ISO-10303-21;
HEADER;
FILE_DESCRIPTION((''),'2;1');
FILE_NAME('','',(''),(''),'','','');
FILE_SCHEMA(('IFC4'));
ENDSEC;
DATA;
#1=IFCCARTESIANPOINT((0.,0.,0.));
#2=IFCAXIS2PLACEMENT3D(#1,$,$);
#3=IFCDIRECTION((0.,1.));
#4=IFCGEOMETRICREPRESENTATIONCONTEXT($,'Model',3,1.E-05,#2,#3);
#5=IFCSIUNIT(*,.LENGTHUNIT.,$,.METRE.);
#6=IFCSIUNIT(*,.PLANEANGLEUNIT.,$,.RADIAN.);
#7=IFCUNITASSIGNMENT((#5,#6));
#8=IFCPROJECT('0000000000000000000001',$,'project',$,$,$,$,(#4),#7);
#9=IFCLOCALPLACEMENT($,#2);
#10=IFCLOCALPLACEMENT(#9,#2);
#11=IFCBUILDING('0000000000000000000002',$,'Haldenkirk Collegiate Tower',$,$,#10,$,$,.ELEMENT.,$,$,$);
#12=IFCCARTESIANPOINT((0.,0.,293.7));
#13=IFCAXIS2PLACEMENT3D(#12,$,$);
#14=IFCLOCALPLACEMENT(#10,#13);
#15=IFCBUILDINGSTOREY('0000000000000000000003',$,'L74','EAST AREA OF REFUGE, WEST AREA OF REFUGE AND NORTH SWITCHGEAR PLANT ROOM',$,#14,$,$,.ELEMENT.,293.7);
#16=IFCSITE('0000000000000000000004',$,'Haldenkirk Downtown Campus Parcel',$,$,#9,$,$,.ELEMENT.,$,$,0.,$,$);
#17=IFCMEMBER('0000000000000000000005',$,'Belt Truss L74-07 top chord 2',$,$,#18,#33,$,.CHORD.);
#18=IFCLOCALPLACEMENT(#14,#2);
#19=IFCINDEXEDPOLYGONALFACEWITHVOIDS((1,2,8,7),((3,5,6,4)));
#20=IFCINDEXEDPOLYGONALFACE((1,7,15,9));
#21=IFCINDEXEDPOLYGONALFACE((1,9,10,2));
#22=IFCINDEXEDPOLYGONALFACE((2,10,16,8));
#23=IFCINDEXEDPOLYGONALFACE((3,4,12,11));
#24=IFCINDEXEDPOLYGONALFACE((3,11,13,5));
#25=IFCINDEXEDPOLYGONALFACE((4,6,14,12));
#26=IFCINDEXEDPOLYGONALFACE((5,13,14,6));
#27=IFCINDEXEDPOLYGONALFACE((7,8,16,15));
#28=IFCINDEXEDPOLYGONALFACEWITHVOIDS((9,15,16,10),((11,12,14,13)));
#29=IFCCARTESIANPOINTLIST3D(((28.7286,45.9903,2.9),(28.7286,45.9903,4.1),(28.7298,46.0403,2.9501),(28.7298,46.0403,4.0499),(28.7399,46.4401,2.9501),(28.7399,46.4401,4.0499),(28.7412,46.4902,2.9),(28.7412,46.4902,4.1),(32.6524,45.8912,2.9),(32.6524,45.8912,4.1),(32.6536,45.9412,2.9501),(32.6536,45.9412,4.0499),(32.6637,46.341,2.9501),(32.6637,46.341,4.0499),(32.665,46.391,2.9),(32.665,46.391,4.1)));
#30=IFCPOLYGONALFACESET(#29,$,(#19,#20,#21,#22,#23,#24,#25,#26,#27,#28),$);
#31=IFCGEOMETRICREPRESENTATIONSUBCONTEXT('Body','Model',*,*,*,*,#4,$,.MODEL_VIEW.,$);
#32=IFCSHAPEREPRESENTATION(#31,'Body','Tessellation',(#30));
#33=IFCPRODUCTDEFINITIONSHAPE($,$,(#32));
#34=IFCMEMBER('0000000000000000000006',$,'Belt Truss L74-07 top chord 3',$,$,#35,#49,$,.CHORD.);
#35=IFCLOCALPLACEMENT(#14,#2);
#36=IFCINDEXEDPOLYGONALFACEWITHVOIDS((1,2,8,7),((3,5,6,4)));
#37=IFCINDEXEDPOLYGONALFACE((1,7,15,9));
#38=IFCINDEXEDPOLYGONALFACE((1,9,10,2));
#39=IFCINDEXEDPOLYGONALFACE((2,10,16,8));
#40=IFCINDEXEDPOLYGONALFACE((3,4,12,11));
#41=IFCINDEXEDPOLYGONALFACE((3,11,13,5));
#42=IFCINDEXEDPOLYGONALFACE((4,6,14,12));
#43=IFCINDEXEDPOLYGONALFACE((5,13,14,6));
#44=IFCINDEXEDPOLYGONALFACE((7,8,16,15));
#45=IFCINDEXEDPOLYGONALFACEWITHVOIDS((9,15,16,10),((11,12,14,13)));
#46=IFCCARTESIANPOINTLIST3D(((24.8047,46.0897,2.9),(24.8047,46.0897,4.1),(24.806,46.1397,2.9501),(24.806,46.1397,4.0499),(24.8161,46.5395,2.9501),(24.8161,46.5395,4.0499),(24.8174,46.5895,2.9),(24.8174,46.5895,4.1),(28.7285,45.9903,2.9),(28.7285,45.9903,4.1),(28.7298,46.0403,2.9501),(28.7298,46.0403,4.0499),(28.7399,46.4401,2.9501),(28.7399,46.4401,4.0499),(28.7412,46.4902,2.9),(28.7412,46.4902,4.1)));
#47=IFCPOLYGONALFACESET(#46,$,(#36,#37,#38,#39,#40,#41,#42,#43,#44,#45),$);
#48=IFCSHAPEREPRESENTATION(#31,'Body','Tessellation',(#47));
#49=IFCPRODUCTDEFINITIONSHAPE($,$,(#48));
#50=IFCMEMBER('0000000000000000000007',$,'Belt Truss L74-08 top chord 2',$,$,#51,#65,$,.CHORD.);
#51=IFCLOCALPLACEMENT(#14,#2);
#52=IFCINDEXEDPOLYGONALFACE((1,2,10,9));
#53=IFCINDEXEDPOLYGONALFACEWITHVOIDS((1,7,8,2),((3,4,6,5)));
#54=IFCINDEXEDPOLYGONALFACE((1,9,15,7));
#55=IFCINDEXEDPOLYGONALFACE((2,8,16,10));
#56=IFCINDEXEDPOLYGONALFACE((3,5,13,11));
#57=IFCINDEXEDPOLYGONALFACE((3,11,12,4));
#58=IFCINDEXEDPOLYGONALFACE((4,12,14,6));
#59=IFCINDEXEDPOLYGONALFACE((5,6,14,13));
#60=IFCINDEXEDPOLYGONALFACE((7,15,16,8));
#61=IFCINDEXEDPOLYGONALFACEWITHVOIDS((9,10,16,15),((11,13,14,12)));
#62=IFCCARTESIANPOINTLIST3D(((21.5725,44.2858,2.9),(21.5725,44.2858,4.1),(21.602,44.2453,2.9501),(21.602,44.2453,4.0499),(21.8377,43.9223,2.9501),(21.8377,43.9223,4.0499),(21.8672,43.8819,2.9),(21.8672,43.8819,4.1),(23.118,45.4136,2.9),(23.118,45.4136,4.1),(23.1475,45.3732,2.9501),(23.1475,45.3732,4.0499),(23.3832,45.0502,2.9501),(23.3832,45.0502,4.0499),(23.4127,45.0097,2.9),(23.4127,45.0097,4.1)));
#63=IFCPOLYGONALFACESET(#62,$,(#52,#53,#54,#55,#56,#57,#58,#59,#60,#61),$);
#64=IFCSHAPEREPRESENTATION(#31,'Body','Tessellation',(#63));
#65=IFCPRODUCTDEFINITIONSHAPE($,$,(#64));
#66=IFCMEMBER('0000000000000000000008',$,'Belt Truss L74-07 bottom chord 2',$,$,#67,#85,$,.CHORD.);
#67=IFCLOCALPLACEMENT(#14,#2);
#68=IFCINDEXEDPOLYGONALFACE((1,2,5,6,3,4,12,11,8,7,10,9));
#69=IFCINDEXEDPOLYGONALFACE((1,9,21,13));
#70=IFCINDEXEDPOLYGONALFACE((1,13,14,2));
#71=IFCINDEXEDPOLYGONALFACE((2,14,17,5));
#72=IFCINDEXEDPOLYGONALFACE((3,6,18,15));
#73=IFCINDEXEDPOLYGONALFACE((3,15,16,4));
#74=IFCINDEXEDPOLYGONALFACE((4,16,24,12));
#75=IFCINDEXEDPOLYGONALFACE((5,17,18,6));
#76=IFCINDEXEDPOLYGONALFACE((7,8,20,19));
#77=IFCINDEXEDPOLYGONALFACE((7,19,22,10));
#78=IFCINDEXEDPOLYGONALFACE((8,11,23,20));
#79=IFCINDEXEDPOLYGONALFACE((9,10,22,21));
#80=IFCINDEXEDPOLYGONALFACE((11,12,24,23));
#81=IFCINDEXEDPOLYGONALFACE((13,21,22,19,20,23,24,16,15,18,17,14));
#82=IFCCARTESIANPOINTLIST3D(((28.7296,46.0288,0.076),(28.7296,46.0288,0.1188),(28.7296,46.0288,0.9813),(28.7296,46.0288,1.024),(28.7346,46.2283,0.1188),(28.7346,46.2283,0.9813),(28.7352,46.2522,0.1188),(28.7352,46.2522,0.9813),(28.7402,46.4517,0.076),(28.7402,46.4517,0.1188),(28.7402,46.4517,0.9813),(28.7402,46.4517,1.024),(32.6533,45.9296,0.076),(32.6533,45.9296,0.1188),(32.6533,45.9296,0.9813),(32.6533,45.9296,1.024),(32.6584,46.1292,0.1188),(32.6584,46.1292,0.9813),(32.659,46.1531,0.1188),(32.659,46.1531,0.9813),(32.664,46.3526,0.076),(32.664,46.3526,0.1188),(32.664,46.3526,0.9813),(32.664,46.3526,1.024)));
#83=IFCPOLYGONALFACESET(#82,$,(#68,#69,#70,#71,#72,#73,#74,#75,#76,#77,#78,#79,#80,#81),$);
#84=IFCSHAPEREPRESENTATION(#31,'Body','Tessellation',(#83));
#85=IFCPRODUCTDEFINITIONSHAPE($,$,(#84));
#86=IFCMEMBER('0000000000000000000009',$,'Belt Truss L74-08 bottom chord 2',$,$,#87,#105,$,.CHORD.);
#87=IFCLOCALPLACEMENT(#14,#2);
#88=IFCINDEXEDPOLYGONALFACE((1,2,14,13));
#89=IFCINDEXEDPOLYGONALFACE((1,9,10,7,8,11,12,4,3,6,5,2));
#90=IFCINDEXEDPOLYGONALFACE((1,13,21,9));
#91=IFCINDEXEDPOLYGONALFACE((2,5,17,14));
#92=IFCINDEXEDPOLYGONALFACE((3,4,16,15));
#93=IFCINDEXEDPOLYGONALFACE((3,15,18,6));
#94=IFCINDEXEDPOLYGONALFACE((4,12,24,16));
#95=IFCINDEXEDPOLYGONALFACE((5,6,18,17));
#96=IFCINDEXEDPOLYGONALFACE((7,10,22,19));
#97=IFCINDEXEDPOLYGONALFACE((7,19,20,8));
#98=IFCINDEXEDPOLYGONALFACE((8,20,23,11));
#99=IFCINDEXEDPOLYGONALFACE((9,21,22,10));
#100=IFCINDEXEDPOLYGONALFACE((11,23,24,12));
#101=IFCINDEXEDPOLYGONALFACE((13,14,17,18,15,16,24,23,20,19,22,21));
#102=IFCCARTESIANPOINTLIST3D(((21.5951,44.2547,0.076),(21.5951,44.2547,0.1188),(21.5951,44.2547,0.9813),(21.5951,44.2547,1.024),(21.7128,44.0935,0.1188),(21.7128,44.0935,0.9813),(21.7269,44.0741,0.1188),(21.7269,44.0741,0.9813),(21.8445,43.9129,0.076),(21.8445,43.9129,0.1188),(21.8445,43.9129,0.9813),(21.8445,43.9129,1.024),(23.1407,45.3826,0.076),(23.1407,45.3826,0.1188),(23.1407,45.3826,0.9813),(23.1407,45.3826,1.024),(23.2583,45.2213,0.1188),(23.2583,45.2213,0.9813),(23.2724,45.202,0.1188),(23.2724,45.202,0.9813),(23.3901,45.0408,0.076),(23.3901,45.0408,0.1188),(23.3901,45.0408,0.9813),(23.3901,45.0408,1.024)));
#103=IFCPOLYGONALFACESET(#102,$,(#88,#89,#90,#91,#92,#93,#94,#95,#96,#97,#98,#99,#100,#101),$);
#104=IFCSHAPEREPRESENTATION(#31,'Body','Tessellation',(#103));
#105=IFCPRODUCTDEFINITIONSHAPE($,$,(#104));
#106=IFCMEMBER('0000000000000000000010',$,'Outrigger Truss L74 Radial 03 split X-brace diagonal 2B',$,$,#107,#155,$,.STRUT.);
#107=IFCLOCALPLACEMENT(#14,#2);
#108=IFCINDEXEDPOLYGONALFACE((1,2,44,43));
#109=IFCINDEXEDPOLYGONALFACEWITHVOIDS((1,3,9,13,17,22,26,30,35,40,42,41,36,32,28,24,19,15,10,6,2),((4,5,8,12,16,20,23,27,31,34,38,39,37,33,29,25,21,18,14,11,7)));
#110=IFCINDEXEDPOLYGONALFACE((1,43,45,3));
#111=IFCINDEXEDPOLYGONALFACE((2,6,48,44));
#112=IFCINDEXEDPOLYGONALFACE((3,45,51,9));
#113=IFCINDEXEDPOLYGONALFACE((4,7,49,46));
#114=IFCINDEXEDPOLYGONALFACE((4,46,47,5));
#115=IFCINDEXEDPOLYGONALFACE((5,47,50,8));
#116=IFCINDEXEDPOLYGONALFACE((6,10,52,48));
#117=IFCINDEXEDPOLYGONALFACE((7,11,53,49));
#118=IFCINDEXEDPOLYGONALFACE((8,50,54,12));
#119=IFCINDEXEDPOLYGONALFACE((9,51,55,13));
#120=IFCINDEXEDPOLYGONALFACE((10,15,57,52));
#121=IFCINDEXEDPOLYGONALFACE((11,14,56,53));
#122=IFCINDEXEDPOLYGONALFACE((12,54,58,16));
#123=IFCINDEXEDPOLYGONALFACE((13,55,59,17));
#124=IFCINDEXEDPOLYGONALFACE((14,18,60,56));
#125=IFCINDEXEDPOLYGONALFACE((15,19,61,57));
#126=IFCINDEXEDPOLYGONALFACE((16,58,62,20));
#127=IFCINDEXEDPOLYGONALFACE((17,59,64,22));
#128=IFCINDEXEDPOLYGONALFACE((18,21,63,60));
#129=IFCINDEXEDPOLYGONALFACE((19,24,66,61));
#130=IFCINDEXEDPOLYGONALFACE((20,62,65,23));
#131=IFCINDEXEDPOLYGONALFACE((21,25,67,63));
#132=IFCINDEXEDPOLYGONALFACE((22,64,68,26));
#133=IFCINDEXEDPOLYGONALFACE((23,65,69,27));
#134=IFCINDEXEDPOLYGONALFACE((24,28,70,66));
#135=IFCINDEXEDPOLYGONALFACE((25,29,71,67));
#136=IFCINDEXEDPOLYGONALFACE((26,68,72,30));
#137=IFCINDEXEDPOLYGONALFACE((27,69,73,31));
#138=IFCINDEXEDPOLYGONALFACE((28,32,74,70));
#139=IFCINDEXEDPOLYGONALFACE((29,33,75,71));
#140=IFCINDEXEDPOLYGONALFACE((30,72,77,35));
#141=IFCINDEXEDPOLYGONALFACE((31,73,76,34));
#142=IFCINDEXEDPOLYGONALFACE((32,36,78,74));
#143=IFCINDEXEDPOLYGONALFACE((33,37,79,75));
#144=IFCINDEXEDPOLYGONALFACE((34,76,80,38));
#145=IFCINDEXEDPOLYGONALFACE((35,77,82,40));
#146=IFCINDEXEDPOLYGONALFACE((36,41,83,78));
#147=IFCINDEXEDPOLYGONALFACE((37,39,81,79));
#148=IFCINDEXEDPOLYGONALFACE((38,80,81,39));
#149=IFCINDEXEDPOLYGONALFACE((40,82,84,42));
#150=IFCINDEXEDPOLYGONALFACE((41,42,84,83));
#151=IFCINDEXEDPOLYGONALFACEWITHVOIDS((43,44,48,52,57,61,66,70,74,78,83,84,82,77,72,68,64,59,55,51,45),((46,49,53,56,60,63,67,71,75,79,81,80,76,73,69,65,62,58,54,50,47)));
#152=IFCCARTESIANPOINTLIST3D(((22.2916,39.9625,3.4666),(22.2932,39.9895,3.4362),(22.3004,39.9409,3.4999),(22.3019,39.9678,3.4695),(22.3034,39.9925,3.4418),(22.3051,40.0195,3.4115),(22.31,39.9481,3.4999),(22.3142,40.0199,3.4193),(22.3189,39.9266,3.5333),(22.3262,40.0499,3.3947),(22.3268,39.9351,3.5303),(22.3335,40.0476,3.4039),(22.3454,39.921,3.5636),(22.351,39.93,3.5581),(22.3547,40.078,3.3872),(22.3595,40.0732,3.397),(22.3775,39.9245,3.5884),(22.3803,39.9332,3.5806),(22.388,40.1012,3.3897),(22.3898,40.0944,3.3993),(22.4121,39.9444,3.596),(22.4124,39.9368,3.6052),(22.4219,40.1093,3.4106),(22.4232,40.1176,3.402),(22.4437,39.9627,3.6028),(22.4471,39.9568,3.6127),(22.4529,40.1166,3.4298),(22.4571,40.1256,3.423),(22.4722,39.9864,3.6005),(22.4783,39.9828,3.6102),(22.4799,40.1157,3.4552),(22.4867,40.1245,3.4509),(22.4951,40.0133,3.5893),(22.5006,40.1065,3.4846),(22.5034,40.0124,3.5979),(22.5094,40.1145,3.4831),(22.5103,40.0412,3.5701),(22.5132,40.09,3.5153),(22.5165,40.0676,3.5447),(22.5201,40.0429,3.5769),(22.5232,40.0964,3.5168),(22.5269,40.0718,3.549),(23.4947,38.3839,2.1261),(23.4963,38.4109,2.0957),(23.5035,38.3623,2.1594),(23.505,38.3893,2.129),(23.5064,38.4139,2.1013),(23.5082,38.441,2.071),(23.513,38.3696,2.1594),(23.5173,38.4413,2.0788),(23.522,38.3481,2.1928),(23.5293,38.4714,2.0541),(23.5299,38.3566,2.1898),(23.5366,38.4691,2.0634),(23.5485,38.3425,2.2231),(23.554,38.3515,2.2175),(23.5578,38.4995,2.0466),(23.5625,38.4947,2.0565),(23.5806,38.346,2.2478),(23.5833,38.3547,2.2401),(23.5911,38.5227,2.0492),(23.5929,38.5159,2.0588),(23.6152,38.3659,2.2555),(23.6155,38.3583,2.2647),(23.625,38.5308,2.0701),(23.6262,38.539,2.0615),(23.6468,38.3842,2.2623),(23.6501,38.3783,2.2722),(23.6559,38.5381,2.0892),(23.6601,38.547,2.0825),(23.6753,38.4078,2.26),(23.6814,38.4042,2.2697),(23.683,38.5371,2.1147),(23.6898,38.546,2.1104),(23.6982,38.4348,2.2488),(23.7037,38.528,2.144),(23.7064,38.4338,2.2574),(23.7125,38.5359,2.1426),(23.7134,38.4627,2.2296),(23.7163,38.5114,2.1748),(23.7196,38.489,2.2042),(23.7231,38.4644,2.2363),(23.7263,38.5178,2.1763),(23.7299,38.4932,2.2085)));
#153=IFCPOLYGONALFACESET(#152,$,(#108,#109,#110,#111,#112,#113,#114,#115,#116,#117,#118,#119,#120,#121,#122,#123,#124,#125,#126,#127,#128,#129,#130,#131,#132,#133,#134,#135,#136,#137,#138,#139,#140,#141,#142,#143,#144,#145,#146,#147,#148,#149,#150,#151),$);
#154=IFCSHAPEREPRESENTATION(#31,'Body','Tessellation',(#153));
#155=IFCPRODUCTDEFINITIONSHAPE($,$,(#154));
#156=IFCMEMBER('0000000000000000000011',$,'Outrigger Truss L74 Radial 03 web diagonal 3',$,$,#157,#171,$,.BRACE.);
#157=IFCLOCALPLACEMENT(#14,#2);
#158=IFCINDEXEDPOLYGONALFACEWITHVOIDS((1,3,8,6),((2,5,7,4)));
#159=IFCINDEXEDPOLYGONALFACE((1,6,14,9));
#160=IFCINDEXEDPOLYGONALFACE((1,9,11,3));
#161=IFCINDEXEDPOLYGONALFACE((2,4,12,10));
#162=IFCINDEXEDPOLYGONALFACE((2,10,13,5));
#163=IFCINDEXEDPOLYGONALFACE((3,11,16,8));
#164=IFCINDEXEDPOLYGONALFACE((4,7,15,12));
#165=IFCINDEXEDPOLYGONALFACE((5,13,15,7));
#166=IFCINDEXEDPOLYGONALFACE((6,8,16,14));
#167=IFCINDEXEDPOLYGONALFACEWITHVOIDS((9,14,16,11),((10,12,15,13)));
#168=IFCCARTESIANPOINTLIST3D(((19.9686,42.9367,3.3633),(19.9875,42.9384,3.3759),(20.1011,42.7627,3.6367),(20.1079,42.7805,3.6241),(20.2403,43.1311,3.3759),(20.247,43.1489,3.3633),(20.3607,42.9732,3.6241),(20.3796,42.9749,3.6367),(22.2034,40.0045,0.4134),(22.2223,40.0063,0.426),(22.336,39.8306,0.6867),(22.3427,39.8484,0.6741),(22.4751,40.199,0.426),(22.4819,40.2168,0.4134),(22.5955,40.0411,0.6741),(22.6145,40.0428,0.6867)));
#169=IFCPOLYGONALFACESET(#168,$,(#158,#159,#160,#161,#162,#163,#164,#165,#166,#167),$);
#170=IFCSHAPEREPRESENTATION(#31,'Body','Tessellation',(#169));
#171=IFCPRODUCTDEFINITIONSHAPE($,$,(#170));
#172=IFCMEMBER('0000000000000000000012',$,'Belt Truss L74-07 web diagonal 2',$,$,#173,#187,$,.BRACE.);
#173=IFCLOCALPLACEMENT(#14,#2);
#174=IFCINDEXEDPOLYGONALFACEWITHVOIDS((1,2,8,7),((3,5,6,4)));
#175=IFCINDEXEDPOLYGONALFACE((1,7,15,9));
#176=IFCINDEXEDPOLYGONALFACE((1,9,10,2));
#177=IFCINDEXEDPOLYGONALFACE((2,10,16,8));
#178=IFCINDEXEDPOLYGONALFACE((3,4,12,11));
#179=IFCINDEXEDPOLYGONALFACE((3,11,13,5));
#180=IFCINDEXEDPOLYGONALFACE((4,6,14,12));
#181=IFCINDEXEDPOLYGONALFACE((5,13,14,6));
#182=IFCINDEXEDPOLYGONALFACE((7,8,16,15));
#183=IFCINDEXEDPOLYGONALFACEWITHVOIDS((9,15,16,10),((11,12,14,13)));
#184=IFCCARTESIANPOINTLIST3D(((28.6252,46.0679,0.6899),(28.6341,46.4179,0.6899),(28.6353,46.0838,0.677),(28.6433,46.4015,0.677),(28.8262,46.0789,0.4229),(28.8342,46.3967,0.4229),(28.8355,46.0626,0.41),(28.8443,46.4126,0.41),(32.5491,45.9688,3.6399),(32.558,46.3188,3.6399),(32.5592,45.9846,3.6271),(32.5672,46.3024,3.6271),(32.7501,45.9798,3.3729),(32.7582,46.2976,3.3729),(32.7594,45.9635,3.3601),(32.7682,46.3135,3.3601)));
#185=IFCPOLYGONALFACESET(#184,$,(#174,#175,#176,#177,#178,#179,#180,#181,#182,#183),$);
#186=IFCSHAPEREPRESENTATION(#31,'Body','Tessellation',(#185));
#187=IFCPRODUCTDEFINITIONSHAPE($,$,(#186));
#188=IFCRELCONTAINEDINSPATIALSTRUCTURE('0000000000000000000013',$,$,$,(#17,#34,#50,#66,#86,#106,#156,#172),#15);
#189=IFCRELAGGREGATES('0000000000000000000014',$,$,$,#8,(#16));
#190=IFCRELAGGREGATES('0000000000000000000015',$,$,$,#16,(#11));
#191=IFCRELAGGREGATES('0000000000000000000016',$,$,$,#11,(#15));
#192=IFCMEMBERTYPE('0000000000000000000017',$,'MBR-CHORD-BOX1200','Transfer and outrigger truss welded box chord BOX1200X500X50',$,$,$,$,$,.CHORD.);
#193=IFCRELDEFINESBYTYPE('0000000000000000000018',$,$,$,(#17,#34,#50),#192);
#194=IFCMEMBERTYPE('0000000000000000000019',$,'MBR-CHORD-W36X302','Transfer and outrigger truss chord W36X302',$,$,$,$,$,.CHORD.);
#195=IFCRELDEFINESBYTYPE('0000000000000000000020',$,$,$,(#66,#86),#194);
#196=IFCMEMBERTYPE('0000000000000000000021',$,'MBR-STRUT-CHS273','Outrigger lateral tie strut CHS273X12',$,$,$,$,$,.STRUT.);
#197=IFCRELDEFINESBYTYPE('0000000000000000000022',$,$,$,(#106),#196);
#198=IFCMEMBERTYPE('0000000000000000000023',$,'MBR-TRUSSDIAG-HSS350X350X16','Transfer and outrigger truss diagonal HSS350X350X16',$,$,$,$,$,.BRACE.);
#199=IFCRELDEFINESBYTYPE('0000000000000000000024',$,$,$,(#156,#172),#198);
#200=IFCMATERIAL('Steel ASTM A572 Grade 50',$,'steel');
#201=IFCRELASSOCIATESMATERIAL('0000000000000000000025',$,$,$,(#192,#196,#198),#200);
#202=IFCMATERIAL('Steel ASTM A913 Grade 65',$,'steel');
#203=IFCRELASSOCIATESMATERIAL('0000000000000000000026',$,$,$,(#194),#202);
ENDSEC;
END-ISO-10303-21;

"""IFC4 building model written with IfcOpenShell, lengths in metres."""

from ifc_helpers import new_model, si_unit, direction, frame, origin, origin_2d, place, context, subcontext, project, spatial, hollow_rectangle, hollow_circle, i_section, extrude, material, material_profile, profile_set, type_object, element, save


model = new_model("IFC4")

# Units and contexts
model_context = context("Model", 3, precision=1e-05, world=origin(), true_north=direction((0.0, 1.0)))
body_context = subcontext(model_context, "Body", "Model", "MODEL_VIEW")
ifc_project = project(units=[si_unit("LENGTHUNIT", "METRE"), si_unit("PLANEANGLEUNIT", "RADIAN")], contexts=[model_context])

# Site, building, storey
site_placement = place(None, origin())
site = spatial("IfcSite", under=ifc_project, at=site_placement, Name="Haldenkirk Downtown Campus Parcel", CompositionType="ELEMENT", RefElevation=0.0)
building_placement = place(site_placement, origin())
building = spatial("IfcBuilding", under=site, at=building_placement, Name="Haldenkirk Collegiate Tower", CompositionType="ELEMENT")
storey_placement = place(building_placement, frame((0.0, 0.0, 293.7)))
storey = spatial("IfcBuildingStorey", under=building, at=storey_placement, Name="L74", Description="EAST AREA OF REFUGE, WEST AREA OF REFUGE AND NORTH SWITCHGEAR PLANT ROOM", CompositionType="ELEMENT", Elevation=293.7)

# Members
ifc_material_1 = material(Name="Steel ASTM A572 Grade 50", Category="steel")
ifc_material_profile_1 = material_profile(ifc_material_1, hollow_rectangle(XDim=0.5, YDim=1.2, WallThickness=0.05, at=origin_2d()), Name="BOX1200X500X50")
ifc_profile_set_1 = profile_set([ifc_material_profile_1], Name="Steel ASTM A572 Grade 50")
member_type_1 = type_object("IfcMemberType", Name="MBR-CHORD-BOX1200", Description="Transfer and outrigger truss welded box chord BOX1200X500X50", PredefinedType="CHORD", material=ifc_profile_set_1)
for number, where, z_axis, x_axis, name in (
    (1, (32.6587, 46.1411, 3.5), (-0.999681, 0.025253, 0.0), (-0.025253, -0.999681, 0.0), "Belt Truss L74-07 top chord 2"),
    (2, (28.7349, 46.2402, 3.5), (-0.99968, 0.025315, 0.0), (-0.025315, -0.99968, 0.0), "Belt Truss L74-07 top chord 3"),
):
    element("IfcMember", number, at=place(storey_placement, frame(where, z_axis=z_axis, x_axis=x_axis)), inside=storey, type_object=member_type_1, Name=name, PredefinedType="CHORD", context=body_context, shape_type="SweptSolid", body=[
        extrude(hollow_rectangle(XDim=0.5, YDim=1.2, WallThickness=0.05, at=origin_2d()), origin(), (0.0, 0.0, 1.0), 3.925),
    ])
member_1_placement = place(storey_placement, frame((23.2654, 45.2117, 3.5), z_axis=(-0.807786, -0.589476, 0.0), x_axis=(0.589476, -0.807786, 0.0)))
element("IfcMember", 3, at=member_1_placement, inside=storey, type_object=member_type_1, Name="Belt Truss L74-08 top chord 2", PredefinedType="CHORD", context=body_context, shape_type="SweptSolid", body=[
    extrude(hollow_rectangle(XDim=0.5, YDim=1.2, WallThickness=0.05, at=origin_2d()), origin(), (0.0, 0.0, 1.0), 1.9133),
])
ifc_material_2 = material(Name="Steel ASTM A913 Grade 65", Category="steel")
ifc_material_profile_2 = material_profile(ifc_material_2, i_section(OverallWidth=0.4231, OverallDepth=0.948, WebThickness=0.0239, FlangeThickness=0.0427, at=origin_2d()), Name="W36X302")
ifc_profile_set_2 = profile_set([ifc_material_profile_2], Name="Steel ASTM A913 Grade 65")
member_type_2 = type_object("IfcMemberType", Name="MBR-CHORD-W36X302", Description="Transfer and outrigger truss chord W36X302", PredefinedType="CHORD", material=ifc_profile_set_2)
member_2_placement = place(storey_placement, frame((32.6587, 46.1411, 0.55), z_axis=(-0.999681, 0.025253, 0.0), x_axis=(-0.025253, -0.999681, 0.0)))
element("IfcMember", 4, at=member_2_placement, inside=storey, type_object=member_type_2, Name="Belt Truss L74-07 bottom chord 2", PredefinedType="CHORD", context=body_context, shape_type="SweptSolid", body=[
    extrude(i_section(OverallWidth=0.4231, OverallDepth=0.948, WebThickness=0.0239, FlangeThickness=0.0427, at=origin_2d()), origin(), (0.0, 0.0, 1.0), 3.925),
])
member_3_placement = place(storey_placement, frame((23.2654, 45.2117, 0.55), z_axis=(-0.807786, -0.589476, 0.0), x_axis=(0.589476, -0.807786, 0.0)))
element("IfcMember", 5, at=member_3_placement, inside=storey, type_object=member_type_2, Name="Belt Truss L74-08 bottom chord 2", PredefinedType="CHORD", context=body_context, shape_type="SweptSolid", body=[
    extrude(i_section(OverallWidth=0.4231, OverallDepth=0.948, WebThickness=0.0239, FlangeThickness=0.0427, at=origin_2d()), origin(), (0.0, 0.0, 1.0), 1.9133),
])
ifc_material_profile_3 = material_profile(ifc_material_1, hollow_circle(Radius=0.1365, WallThickness=0.012, at=origin_2d()), Name="CHS273X12")
ifc_profile_set_3 = profile_set([ifc_material_profile_3], Name="Steel ASTM A572 Grade 50")
member_type_3 = type_object("IfcMemberType", Name="MBR-STRUT-CHS273", Description="Outrigger lateral tie strut CHS273X12", PredefinedType="STRUT", material=ifc_profile_set_3)
member_4_placement = place(storey_placement, frame((23.6121, 38.4451, 2.1594), z_axis=(-0.50232, 0.659091, 0.559708), x_axis=(-0.795341, -0.606162, 0.0)))
element("IfcMember", 6, at=member_4_placement, inside=storey, type_object=member_type_3, Name="Outrigger Truss L74 Radial 03 split X-brace diagonal 2B", PredefinedType="STRUT", context=body_context, shape_type="SweptSolid", body=[
    extrude(hollow_circle(Radius=0.1365, WallThickness=0.012, at=origin_2d()), origin(), (0.0, 0.0, 1.0), 2.395),
])
ifc_material_profile_4 = material_profile(ifc_material_1, hollow_rectangle(XDim=0.3501, YDim=0.3501, WallThickness=0.0161, at=origin_2d()), Name="HSS350X350X16")
ifc_profile_set_4 = profile_set([ifc_material_profile_4], Name="Steel ASTM A572 Grade 50")
member_type_4 = type_object("IfcMemberType", Name="MBR-TRUSSDIAG-HSS350X350X16", Description="Transfer and outrigger truss diagonal HSS350X350X16", PredefinedType="BRACE", material=ifc_profile_set_4)
member_5_placement = place(storey_placement, frame((22.4089, 40.0237, 0.55), z_axis=(-0.47332, 0.620994, 0.624768), x_axis=(-0.795319, -0.606191, 0.0)))
element("IfcMember", 7, at=member_5_placement, inside=storey, type_object=member_type_4, Name="Outrigger Truss L74 Radial 03 web diagonal 3", PredefinedType="BRACE", context=body_context, shape_type="SweptSolid", body=[
    extrude(hollow_rectangle(XDim=0.3501, YDim=0.3501, WallThickness=0.0161, at=origin_2d()), origin(), (0.0, 0.0, 1.0), 4.7217),
])
member_6_placement = place(storey_placement, frame((32.6587, 46.1411, 3.5), z_axis=(-0.799144, 0.020187, -0.6008), x_axis=(-0.025253, -0.999681, 0.0)))
element("IfcMember", 8, at=member_6_placement, inside=storey, type_object=member_type_4, Name="Belt Truss L74-07 web diagonal 2", PredefinedType="BRACE", context=body_context, shape_type="SweptSolid", body=[
    extrude(hollow_rectangle(XDim=0.3501, YDim=0.3501, WallThickness=0.0161, at=origin_2d()), origin(), (0.0, 0.0, 1.0), 4.9102),
])

save(model, "model.ifc")
